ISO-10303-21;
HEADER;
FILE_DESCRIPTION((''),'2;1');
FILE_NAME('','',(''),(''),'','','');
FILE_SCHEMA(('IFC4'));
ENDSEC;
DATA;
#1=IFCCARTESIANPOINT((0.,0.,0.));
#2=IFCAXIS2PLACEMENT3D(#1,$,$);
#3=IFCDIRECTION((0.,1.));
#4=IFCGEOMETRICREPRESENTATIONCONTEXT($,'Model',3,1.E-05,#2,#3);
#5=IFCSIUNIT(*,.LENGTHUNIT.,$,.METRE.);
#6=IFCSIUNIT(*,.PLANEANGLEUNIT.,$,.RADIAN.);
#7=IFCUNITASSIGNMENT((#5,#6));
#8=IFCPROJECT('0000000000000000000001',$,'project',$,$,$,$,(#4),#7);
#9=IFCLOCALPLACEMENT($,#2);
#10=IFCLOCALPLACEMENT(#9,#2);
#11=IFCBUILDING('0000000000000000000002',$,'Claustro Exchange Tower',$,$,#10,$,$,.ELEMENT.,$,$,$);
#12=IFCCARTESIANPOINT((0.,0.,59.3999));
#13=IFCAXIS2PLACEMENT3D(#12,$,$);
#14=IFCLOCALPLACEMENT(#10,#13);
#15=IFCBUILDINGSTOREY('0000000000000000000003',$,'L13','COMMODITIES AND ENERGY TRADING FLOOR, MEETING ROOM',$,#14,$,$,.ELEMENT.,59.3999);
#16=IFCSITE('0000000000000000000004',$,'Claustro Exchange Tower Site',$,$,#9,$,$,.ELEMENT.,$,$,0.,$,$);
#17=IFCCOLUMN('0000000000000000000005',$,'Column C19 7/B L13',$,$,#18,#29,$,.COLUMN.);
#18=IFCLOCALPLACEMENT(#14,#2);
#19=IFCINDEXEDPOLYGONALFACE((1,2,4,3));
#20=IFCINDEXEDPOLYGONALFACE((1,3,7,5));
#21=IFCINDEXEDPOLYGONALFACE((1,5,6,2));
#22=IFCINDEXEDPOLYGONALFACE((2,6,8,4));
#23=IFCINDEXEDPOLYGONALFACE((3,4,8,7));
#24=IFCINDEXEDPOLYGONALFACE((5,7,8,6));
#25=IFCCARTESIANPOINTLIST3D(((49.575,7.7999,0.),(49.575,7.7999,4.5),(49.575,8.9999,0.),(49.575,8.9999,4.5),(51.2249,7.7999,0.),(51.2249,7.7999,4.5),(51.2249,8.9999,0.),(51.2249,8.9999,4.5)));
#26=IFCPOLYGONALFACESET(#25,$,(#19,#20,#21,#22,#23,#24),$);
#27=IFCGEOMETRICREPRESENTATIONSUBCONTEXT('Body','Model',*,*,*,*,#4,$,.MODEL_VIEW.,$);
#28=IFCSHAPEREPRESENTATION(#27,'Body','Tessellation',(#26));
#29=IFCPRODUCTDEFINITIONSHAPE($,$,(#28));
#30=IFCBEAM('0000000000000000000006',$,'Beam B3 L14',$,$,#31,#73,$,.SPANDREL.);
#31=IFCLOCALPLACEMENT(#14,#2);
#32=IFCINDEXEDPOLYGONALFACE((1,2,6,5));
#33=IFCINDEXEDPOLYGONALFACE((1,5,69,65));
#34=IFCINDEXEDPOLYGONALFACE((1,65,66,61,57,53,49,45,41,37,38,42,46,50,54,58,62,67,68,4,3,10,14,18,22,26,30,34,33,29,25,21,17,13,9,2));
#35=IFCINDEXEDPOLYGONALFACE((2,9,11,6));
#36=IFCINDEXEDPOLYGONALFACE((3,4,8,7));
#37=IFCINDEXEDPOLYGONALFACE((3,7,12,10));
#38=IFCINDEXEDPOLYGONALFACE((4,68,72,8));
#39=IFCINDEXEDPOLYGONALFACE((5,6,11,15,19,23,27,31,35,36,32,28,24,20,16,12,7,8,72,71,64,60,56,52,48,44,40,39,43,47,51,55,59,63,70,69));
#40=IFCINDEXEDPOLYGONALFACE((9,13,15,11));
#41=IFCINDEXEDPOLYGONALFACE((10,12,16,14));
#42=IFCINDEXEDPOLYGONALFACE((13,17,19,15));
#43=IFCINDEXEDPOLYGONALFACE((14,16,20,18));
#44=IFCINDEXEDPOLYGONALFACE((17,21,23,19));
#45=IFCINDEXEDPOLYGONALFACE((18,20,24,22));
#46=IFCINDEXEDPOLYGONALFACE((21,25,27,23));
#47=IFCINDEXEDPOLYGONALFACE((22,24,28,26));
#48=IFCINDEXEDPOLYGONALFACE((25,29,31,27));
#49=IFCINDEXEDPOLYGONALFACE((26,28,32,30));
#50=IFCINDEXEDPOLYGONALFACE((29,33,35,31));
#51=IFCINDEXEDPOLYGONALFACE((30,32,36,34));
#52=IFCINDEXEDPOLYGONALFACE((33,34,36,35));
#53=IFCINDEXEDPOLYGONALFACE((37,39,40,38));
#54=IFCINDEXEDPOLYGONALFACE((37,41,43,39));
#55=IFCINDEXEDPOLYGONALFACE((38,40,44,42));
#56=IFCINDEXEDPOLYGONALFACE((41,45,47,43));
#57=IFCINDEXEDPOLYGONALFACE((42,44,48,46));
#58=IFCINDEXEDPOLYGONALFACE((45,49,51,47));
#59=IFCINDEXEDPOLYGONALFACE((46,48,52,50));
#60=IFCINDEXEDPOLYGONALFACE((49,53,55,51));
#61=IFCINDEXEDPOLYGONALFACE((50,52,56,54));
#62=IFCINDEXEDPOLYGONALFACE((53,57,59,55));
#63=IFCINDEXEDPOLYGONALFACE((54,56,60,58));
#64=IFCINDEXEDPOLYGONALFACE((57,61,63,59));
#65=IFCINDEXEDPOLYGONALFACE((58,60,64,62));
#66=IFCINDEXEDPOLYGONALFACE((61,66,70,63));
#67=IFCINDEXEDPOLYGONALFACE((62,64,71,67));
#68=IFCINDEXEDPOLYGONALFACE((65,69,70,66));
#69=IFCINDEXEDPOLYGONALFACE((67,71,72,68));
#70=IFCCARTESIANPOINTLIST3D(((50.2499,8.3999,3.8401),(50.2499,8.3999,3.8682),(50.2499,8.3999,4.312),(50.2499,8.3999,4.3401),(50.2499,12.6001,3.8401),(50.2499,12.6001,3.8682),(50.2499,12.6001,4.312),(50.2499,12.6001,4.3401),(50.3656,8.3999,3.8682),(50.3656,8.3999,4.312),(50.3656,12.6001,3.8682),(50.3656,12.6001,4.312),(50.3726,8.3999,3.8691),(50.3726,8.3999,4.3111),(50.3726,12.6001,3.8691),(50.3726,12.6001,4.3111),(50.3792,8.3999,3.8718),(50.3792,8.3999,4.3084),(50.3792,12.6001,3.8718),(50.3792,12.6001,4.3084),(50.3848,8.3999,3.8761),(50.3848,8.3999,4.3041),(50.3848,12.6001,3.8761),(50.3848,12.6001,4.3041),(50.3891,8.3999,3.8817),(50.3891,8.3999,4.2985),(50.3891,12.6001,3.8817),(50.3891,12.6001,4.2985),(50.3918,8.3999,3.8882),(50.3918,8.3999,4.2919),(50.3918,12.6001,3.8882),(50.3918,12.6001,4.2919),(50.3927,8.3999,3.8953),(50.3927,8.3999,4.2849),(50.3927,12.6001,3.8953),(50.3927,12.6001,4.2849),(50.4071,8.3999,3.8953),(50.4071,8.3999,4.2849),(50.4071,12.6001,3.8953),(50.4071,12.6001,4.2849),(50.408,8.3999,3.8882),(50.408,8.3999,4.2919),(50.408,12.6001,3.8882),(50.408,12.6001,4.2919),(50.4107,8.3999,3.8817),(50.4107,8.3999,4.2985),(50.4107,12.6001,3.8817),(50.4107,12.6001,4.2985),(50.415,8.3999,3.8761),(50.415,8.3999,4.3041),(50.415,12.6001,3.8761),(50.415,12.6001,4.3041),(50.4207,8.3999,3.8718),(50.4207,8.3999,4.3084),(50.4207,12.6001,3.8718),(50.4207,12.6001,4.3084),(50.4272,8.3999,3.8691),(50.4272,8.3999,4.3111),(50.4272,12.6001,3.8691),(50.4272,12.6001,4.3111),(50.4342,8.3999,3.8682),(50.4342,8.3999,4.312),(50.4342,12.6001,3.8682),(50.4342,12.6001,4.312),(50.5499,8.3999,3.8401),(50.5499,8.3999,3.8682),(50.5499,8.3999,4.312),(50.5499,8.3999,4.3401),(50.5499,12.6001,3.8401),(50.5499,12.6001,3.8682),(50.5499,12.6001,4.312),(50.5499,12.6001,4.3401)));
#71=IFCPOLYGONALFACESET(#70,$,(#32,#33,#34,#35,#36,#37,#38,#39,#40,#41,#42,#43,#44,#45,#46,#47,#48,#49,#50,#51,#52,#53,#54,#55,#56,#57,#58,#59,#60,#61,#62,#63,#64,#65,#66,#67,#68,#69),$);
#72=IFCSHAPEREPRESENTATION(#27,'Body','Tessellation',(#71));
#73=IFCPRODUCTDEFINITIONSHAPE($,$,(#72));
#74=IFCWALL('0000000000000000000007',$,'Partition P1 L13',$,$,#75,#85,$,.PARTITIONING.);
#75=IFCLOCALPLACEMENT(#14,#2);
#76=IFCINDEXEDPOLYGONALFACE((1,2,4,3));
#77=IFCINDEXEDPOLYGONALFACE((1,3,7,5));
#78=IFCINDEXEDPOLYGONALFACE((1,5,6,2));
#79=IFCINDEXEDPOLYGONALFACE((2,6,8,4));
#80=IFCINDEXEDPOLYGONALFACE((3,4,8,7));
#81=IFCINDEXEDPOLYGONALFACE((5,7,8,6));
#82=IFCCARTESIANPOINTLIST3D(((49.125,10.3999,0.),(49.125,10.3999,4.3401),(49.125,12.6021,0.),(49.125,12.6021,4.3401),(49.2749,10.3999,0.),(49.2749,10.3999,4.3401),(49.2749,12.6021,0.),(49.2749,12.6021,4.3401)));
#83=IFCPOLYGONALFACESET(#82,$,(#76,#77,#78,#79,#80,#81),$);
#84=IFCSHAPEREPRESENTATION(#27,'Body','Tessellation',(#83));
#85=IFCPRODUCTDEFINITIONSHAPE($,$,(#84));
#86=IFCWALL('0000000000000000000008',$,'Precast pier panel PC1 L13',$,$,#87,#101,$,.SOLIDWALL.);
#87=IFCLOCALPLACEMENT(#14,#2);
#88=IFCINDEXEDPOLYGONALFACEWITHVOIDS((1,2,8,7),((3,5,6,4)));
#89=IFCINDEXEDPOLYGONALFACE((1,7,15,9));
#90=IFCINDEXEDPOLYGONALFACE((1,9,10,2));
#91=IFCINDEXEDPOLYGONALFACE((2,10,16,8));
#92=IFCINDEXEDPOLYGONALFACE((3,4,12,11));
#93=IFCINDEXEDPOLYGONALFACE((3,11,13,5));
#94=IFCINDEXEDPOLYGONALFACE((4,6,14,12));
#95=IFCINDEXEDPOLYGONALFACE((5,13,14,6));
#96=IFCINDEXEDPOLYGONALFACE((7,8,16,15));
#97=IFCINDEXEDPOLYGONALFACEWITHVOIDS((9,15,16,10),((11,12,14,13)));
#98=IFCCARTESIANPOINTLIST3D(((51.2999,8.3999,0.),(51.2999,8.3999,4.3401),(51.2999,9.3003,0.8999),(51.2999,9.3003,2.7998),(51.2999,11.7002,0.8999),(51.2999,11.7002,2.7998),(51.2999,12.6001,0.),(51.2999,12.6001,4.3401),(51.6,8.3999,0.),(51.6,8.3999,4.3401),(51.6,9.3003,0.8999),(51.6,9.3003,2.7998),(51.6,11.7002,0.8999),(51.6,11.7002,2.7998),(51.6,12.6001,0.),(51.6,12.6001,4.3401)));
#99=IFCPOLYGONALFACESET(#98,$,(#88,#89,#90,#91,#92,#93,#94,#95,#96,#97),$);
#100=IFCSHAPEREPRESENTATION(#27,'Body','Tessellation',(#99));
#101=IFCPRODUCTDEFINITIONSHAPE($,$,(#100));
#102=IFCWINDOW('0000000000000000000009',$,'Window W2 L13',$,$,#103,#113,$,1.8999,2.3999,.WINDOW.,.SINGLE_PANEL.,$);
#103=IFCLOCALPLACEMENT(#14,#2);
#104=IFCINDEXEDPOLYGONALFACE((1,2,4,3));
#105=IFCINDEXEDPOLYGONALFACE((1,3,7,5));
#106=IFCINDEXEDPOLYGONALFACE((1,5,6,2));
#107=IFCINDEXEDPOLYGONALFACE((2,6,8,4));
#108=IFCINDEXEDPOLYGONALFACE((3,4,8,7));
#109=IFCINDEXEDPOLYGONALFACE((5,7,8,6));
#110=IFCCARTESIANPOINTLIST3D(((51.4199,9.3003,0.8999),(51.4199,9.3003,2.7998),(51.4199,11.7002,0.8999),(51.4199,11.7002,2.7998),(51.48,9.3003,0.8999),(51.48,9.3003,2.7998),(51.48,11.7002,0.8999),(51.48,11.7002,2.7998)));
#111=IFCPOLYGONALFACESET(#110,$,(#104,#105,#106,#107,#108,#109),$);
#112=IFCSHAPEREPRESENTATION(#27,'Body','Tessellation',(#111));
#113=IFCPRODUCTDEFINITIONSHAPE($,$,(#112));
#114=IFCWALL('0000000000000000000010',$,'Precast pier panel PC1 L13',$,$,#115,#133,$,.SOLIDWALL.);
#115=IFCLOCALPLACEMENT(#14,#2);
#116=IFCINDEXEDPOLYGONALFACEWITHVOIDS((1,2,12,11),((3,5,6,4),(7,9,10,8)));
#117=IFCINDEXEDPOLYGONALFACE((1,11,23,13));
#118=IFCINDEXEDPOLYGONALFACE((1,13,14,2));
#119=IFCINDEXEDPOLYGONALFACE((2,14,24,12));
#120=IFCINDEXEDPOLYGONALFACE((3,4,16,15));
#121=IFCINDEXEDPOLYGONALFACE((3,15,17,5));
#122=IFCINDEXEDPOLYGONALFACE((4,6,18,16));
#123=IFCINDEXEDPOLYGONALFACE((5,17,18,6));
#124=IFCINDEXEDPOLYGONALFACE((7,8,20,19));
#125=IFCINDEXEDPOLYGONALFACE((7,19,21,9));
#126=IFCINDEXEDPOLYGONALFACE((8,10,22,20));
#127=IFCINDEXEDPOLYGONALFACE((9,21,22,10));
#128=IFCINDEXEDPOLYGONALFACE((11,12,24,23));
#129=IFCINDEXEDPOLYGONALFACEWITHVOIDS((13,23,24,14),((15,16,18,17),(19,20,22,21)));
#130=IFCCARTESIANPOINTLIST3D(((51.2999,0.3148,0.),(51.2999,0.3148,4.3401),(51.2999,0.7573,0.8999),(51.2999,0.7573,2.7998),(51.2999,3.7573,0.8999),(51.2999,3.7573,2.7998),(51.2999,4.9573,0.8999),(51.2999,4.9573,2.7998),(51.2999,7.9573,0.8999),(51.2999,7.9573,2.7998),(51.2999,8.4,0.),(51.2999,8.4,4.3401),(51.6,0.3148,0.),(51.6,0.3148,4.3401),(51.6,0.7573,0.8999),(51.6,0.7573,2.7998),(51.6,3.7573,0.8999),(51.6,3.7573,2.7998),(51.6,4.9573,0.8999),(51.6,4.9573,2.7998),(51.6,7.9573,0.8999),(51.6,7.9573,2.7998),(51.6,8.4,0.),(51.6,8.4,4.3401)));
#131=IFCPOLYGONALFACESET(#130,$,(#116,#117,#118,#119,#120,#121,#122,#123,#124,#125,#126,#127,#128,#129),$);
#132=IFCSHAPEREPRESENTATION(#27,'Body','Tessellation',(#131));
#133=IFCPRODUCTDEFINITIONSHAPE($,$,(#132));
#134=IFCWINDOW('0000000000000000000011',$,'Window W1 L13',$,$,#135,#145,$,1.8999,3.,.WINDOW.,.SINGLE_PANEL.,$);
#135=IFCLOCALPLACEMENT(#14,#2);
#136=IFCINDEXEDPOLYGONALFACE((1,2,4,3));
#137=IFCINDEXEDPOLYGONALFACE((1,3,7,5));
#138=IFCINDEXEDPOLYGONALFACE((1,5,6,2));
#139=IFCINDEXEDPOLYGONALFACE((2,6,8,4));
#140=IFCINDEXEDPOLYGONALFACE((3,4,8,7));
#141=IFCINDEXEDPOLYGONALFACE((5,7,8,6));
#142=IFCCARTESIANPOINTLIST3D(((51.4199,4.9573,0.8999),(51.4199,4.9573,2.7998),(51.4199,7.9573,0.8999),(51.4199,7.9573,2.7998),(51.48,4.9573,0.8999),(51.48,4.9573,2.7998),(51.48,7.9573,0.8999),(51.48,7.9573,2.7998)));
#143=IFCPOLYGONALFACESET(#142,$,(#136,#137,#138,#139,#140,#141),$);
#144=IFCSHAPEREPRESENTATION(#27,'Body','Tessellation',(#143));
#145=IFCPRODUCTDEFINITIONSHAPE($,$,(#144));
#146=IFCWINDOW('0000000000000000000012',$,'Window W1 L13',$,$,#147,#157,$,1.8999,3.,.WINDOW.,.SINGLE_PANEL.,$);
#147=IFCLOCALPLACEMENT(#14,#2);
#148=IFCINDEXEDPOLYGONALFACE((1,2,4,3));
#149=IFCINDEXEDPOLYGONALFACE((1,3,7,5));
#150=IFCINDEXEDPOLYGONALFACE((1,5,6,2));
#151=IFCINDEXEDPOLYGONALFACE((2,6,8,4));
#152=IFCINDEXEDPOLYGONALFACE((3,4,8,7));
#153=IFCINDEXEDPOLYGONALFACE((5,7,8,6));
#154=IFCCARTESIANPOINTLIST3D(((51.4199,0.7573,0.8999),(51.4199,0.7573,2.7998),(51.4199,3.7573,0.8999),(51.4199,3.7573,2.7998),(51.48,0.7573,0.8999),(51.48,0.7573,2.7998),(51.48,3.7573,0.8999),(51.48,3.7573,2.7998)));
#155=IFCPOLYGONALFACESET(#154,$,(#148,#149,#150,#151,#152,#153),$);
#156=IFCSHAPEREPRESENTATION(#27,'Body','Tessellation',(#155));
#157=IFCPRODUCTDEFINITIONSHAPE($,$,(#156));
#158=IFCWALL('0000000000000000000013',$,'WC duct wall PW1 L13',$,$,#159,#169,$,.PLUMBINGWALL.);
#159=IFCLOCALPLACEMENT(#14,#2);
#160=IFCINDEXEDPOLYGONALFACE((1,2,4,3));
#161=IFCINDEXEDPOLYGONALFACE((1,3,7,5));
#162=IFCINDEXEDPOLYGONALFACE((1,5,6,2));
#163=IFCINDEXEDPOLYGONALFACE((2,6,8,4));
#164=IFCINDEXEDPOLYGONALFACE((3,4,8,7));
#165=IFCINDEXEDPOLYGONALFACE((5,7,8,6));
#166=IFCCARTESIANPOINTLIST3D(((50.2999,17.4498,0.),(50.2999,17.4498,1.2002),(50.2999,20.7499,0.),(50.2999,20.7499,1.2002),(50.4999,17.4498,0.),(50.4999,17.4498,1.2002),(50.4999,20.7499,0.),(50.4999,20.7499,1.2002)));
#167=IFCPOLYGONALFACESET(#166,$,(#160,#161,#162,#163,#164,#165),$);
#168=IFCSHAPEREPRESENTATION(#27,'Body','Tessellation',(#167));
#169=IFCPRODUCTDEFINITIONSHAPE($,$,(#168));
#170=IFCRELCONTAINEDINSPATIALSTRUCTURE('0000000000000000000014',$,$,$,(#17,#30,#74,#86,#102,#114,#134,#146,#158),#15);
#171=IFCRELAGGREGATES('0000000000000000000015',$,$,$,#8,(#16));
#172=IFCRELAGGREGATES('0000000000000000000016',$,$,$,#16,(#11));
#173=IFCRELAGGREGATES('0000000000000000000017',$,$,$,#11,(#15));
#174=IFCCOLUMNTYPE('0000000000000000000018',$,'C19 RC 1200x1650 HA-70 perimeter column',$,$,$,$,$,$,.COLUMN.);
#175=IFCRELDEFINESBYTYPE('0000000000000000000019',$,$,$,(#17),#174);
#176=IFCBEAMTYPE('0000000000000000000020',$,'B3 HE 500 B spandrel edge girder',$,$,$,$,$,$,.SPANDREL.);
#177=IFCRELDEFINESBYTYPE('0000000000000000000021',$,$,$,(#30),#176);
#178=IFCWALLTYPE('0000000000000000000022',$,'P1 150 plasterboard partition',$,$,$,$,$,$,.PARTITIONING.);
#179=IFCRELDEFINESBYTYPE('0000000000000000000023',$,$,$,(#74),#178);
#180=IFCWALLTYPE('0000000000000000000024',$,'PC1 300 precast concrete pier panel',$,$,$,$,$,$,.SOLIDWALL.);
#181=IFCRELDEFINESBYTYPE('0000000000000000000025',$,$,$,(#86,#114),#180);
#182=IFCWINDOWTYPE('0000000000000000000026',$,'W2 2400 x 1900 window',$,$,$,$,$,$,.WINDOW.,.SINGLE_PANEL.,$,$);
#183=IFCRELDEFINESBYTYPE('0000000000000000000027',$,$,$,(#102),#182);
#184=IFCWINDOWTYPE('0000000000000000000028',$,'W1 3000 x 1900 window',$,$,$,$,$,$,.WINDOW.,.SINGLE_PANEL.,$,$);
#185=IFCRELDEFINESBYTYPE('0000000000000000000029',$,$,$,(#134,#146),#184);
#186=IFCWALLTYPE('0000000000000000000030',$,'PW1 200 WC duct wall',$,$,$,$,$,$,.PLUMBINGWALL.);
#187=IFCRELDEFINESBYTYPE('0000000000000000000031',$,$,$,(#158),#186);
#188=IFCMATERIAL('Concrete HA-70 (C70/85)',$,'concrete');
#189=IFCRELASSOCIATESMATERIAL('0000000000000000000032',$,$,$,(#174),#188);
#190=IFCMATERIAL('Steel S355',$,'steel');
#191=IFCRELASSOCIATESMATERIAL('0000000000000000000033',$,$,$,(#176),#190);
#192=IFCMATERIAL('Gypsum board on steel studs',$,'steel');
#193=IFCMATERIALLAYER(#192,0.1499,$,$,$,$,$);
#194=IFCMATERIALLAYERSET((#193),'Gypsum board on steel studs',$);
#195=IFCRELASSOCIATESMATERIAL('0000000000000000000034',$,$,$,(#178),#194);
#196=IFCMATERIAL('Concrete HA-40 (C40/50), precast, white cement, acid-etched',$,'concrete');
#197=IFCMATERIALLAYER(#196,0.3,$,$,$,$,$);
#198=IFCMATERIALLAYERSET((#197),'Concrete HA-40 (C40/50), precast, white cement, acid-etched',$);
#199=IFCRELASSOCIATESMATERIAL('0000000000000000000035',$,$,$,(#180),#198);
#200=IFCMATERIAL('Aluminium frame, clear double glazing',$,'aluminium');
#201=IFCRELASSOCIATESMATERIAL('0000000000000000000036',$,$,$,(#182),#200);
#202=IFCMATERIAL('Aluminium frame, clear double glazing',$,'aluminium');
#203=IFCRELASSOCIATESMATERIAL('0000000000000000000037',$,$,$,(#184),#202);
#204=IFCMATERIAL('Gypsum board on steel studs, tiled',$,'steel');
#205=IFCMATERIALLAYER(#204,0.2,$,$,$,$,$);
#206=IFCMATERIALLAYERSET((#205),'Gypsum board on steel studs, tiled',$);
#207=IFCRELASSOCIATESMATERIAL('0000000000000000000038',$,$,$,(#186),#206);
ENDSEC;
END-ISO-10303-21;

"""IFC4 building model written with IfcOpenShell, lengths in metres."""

from ifc_helpers import new_model, si_unit, direction, frame, frame_2d, origin, origin_2d, place, context, subcontext, project, spatial, rectangle, i_section, extrude, material, layer, layer_set, material_profile, profile_set, type_object, element, fill, save


model = new_model("IFC4")

# Units and contexts
model_context = context("Model", 3, precision=1e-05, world=origin(), true_north=direction((0.0, 1.0)))
body_context = subcontext(model_context, "Body", "Model", "MODEL_VIEW")
ifc_project = project(units=[si_unit("LENGTHUNIT", "METRE"), si_unit("PLANEANGLEUNIT", "RADIAN")], contexts=[model_context])

# Site, building, storey
site_placement = place(None, origin())
site = spatial("IfcSite", under=ifc_project, at=site_placement, Name="Claustro Exchange Tower Site", CompositionType="ELEMENT", RefElevation=0.0)
building_placement = place(site_placement, origin())
building = spatial("IfcBuilding", under=site, at=building_placement, Name="Claustro Exchange Tower", CompositionType="ELEMENT")
storey_placement = place(building_placement, frame((0.0, 0.0, 59.3999)))
storey = spatial("IfcBuildingStorey", under=building, at=storey_placement, Name="L13", Description="COMMODITIES AND ENERGY TRADING FLOOR, MEETING ROOM", CompositionType="ELEMENT", Elevation=59.3999)

# Column
ifc_material_1 = material(Name="Concrete HA-70 (C70/85)", Category="concrete")
ifc_material_profile_1 = material_profile(ifc_material_1, rectangle(XDim=1.2, YDim=1.6499, at=origin_2d()), Name="RC 1200x1650")
ifc_profile_set_1 = profile_set([ifc_material_profile_1], Name="Concrete HA-70 (C70/85)")
column_type = type_object("IfcColumnType", Name="C19 RC 1200x1650 HA-70 perimeter column", PredefinedType="COLUMN", material=ifc_profile_set_1)
column_placement = place(storey_placement, frame((50.3999, 8.3999, 0.0), z_axis=(0.0, 0.0, 1.0), x_axis=(0.0, 1.0, 0.0)))
element("IfcColumn", 1, at=column_placement, inside=storey, type_object=column_type, Name="Column C19 7/B L13", PredefinedType="COLUMN", context=body_context, shape_type="SweptSolid", body=[
    extrude(rectangle(XDim=1.2, YDim=1.6499, at=origin_2d()), origin(), (0.0, 0.0, 1.0), 4.5),
])

# Beam
ifc_material_2 = material(Name="Steel S355", Category="steel")
ifc_material_profile_2 = material_profile(ifc_material_2, i_section(OverallWidth=0.3, OverallDepth=0.5, WebThickness=0.0144, FlangeThickness=0.0281, FilletRadius=0.0271, at=origin_2d()), Name="HE 500 B")
ifc_profile_set_2 = profile_set([ifc_material_profile_2], Name="Steel S355")
beam_type = type_object("IfcBeamType", Name="B3 HE 500 B spandrel edge girder", PredefinedType="SPANDREL", material=ifc_profile_set_2)
beam_placement = place(storey_placement, frame((50.3999, 8.3999, 4.0901), z_axis=(0.0, 1.0, 0.0), x_axis=(-1.0, 0.0, 0.0)))
element("IfcBeam", 2, at=beam_placement, inside=storey, type_object=beam_type, Name="Beam B3 L14", PredefinedType="SPANDREL", context=body_context, shape_type="SweptSolid", body=[
    extrude(i_section(OverallWidth=0.3, OverallDepth=0.5, WebThickness=0.0144, FlangeThickness=0.0281, FilletRadius=0.0271, at=origin_2d()), origin(), (0.0, 0.0, 1.0), 4.2002),
])

# Wall
ifc_material_3 = material(Name="Gypsum board on steel studs", Category="steel")
ifc_layer_1 = layer(ifc_material_3, 0.1499)
ifc_layer_set_1 = layer_set([ifc_layer_1], Name="Gypsum board on steel studs")
wall_type_1 = type_object("IfcWallType", Name="P1 150 plasterboard partition", PredefinedType="PARTITIONING", material=ifc_layer_set_1)
wall_1_placement = place(storey_placement, frame((49.2, 10.3999, 0.0), z_axis=(0.0, 0.0, 1.0), x_axis=(0.0, 1.0, 0.0)))
element("IfcWall", 3, at=wall_1_placement, inside=storey, type_object=wall_type_1, Name="Partition P1 L13", PredefinedType="PARTITIONING", context=body_context, shape_type="SweptSolid", body=[
    extrude(rectangle(XDim=2.2021, YDim=0.1499, at=frame_2d((1.1011, 0.0))), origin(), (0.0, 0.0, 1.0), 4.3401),
])

# Wall, opening, window
ifc_material_4 = material(Name="Concrete HA-40 (C40/50), precast, white cement, acid-etched", Category="concrete")
ifc_layer_2 = layer(ifc_material_4, 0.3)
ifc_layer_set_2 = layer_set([ifc_layer_2], Name="Concrete HA-40 (C40/50), precast, white cement, acid-etched")
wall_type_2 = type_object("IfcWallType", Name="PC1 300 precast concrete pier panel", PredefinedType="SOLIDWALL", material=ifc_layer_set_2)
wall_2_placement = place(storey_placement, frame((51.45, 12.6001, 0.0), z_axis=(0.0, 0.0, 1.0), x_axis=(0.0, -1.0, 0.0)))
wall_2 = element("IfcWall", 4, at=wall_2_placement, inside=storey, type_object=wall_type_2, Name="Precast pier panel PC1 L13", PredefinedType="SOLIDWALL", context=body_context, shape_type="SweptSolid", body=[
    extrude(rectangle(XDim=4.2002, YDim=0.3, at=frame_2d((2.1001, 0.0))), origin(), (0.0, 0.0, 1.0), 4.3401),
])
opening_1_placement = place(wall_2_placement, frame((0.8999, 0.0, 0.8999)))
opening_1 = element("IfcOpeningElement", 5, at=opening_1_placement, cuts=wall_2, PredefinedType="OPENING", context=body_context, shape_type="SweptSolid", body=[
    extrude(rectangle(XDim=2.3999, YDim=1.8999, at=frame_2d((1.2, 0.95))), frame((0.0, 0.1599, 0.0), z_axis=(0.0, -1.0, 0.0), x_axis=(1.0, 0.0, 0.0)), (0.0, 0.0, 1.0), 0.3201),
])
ifc_material_5 = material(Name="Aluminium frame, clear double glazing", Category="aluminium")
window_type_1 = type_object("IfcWindowType", Name="W2 2400 x 1900 window", PartitioningType="SINGLE_PANEL", PredefinedType="WINDOW", material=ifc_material_5)
window_1_placement = place(opening_1_placement, origin())
window_1 = element("IfcWindow", 6, at=window_1_placement, inside=storey, type_object=window_type_1, Name="Window W2 L13", OverallHeight=1.8999, OverallWidth=2.3999, PartitioningType="SINGLE_PANEL", PredefinedType="WINDOW", context=body_context, shape_type="SweptSolid", body=[
    extrude(rectangle(XDim=2.3999, YDim=1.8999, at=frame_2d((1.2, 0.95))), frame((0.0, 0.03, 0.0), z_axis=(0.0, -1.0, 0.0), x_axis=(1.0, 0.0, 0.0)), (0.0, 0.0, 1.0), 0.0601),
])
fill(opening_1, window_1)

# Wall, openings, windows
wall_3_placement = place(storey_placement, frame((51.45, 8.3999, 0.0), z_axis=(0.0, 0.0, 1.0), x_axis=(0.0, -1.0, 0.0)))
wall_3 = element("IfcWall", 7, at=wall_3_placement, inside=storey, type_object=wall_type_2, Name="Precast pier panel PC1 L13", PredefinedType="SOLIDWALL", context=body_context, shape_type="SweptSolid", body=[
    extrude(rectangle(XDim=8.0852, YDim=0.3, at=frame_2d((4.0425, 0.0))), origin(), (0.0, 0.0, 1.0), 4.3401),
])
opening_2_placement = place(wall_3_placement, frame((0.4426, 0.0, 0.8999)))
opening_2 = element("IfcOpeningElement", 8, at=opening_2_placement, cuts=wall_3, PredefinedType="OPENING", context=body_context, shape_type="SweptSolid", body=[
    extrude(rectangle(XDim=3.0, YDim=1.8999, at=frame_2d((1.5, 0.95))), frame((0.0, 0.1599, 0.0), z_axis=(0.0, -1.0, 0.0), x_axis=(1.0, 0.0, 0.0)), (0.0, 0.0, 1.0), 0.3201),
])
opening_3_placement = place(wall_3_placement, frame((4.6426, 0.0, 0.8999)))
opening_3 = element("IfcOpeningElement", 9, at=opening_3_placement, cuts=wall_3, PredefinedType="OPENING", context=body_context, shape_type="SweptSolid", body=[
    extrude(rectangle(XDim=3.0, YDim=1.8999, at=frame_2d((1.5, 0.95))), frame((0.0, 0.1599, 0.0), z_axis=(0.0, -1.0, 0.0), x_axis=(1.0, 0.0, 0.0)), (0.0, 0.0, 1.0), 0.3201),
])
ifc_material_6 = material(Name="Aluminium frame, clear double glazing", Category="aluminium")
window_type_2 = type_object("IfcWindowType", Name="W1 3000 x 1900 window", PartitioningType="SINGLE_PANEL", PredefinedType="WINDOW", material=ifc_material_6)
window_2_placement = place(opening_2_placement, origin())
window_2 = element("IfcWindow", 10, at=window_2_placement, inside=storey, type_object=window_type_2, Name="Window W1 L13", OverallHeight=1.8999, OverallWidth=3.0, PartitioningType="SINGLE_PANEL", PredefinedType="WINDOW", context=body_context, shape_type="SweptSolid", body=[
    extrude(rectangle(XDim=3.0, YDim=1.8999, at=frame_2d((1.5, 0.95))), frame((0.0, 0.03, 0.0), z_axis=(0.0, -1.0, 0.0), x_axis=(1.0, 0.0, 0.0)), (0.0, 0.0, 1.0), 0.0601),
])
fill(opening_2, window_2)
window_3_placement = place(opening_3_placement, origin())
window_3 = element("IfcWindow", 11, at=window_3_placement, inside=storey, type_object=window_type_2, Name="Window W1 L13", OverallHeight=1.8999, OverallWidth=3.0, PartitioningType="SINGLE_PANEL", PredefinedType="WINDOW", context=body_context, shape_type="SweptSolid", body=[
    extrude(rectangle(XDim=3.0, YDim=1.8999, at=frame_2d((1.5, 0.95))), frame((0.0, 0.03, 0.0), z_axis=(0.0, -1.0, 0.0), x_axis=(1.0, 0.0, 0.0)), (0.0, 0.0, 1.0), 0.0601),
])
fill(opening_3, window_3)

# Wall
ifc_material_7 = material(Name="Gypsum board on steel studs, tiled", Category="steel")
ifc_layer_3 = layer(ifc_material_7, 0.2)
ifc_layer_set_3 = layer_set([ifc_layer_3], Name="Gypsum board on steel studs, tiled")
wall_type_3 = type_object("IfcWallType", Name="PW1 200 WC duct wall", PredefinedType="PLUMBINGWALL", material=ifc_layer_set_3)
wall_4_placement = place(storey_placement, frame((50.3999, 17.45, 0.0), z_axis=(0.0, 0.0, 1.0), x_axis=(0.0, 1.0, 0.0)))
element("IfcWall", 12, at=wall_4_placement, inside=storey, type_object=wall_type_3, Name="WC duct wall PW1 L13", PredefinedType="PLUMBINGWALL", context=body_context, shape_type="SweptSolid", body=[
    extrude(rectangle(XDim=3.3, YDim=0.2, at=frame_2d((1.6499, 0.0))), origin(), (0.0, 0.0, 1.0), 1.2002),
])

save(model, "model.ifc")
